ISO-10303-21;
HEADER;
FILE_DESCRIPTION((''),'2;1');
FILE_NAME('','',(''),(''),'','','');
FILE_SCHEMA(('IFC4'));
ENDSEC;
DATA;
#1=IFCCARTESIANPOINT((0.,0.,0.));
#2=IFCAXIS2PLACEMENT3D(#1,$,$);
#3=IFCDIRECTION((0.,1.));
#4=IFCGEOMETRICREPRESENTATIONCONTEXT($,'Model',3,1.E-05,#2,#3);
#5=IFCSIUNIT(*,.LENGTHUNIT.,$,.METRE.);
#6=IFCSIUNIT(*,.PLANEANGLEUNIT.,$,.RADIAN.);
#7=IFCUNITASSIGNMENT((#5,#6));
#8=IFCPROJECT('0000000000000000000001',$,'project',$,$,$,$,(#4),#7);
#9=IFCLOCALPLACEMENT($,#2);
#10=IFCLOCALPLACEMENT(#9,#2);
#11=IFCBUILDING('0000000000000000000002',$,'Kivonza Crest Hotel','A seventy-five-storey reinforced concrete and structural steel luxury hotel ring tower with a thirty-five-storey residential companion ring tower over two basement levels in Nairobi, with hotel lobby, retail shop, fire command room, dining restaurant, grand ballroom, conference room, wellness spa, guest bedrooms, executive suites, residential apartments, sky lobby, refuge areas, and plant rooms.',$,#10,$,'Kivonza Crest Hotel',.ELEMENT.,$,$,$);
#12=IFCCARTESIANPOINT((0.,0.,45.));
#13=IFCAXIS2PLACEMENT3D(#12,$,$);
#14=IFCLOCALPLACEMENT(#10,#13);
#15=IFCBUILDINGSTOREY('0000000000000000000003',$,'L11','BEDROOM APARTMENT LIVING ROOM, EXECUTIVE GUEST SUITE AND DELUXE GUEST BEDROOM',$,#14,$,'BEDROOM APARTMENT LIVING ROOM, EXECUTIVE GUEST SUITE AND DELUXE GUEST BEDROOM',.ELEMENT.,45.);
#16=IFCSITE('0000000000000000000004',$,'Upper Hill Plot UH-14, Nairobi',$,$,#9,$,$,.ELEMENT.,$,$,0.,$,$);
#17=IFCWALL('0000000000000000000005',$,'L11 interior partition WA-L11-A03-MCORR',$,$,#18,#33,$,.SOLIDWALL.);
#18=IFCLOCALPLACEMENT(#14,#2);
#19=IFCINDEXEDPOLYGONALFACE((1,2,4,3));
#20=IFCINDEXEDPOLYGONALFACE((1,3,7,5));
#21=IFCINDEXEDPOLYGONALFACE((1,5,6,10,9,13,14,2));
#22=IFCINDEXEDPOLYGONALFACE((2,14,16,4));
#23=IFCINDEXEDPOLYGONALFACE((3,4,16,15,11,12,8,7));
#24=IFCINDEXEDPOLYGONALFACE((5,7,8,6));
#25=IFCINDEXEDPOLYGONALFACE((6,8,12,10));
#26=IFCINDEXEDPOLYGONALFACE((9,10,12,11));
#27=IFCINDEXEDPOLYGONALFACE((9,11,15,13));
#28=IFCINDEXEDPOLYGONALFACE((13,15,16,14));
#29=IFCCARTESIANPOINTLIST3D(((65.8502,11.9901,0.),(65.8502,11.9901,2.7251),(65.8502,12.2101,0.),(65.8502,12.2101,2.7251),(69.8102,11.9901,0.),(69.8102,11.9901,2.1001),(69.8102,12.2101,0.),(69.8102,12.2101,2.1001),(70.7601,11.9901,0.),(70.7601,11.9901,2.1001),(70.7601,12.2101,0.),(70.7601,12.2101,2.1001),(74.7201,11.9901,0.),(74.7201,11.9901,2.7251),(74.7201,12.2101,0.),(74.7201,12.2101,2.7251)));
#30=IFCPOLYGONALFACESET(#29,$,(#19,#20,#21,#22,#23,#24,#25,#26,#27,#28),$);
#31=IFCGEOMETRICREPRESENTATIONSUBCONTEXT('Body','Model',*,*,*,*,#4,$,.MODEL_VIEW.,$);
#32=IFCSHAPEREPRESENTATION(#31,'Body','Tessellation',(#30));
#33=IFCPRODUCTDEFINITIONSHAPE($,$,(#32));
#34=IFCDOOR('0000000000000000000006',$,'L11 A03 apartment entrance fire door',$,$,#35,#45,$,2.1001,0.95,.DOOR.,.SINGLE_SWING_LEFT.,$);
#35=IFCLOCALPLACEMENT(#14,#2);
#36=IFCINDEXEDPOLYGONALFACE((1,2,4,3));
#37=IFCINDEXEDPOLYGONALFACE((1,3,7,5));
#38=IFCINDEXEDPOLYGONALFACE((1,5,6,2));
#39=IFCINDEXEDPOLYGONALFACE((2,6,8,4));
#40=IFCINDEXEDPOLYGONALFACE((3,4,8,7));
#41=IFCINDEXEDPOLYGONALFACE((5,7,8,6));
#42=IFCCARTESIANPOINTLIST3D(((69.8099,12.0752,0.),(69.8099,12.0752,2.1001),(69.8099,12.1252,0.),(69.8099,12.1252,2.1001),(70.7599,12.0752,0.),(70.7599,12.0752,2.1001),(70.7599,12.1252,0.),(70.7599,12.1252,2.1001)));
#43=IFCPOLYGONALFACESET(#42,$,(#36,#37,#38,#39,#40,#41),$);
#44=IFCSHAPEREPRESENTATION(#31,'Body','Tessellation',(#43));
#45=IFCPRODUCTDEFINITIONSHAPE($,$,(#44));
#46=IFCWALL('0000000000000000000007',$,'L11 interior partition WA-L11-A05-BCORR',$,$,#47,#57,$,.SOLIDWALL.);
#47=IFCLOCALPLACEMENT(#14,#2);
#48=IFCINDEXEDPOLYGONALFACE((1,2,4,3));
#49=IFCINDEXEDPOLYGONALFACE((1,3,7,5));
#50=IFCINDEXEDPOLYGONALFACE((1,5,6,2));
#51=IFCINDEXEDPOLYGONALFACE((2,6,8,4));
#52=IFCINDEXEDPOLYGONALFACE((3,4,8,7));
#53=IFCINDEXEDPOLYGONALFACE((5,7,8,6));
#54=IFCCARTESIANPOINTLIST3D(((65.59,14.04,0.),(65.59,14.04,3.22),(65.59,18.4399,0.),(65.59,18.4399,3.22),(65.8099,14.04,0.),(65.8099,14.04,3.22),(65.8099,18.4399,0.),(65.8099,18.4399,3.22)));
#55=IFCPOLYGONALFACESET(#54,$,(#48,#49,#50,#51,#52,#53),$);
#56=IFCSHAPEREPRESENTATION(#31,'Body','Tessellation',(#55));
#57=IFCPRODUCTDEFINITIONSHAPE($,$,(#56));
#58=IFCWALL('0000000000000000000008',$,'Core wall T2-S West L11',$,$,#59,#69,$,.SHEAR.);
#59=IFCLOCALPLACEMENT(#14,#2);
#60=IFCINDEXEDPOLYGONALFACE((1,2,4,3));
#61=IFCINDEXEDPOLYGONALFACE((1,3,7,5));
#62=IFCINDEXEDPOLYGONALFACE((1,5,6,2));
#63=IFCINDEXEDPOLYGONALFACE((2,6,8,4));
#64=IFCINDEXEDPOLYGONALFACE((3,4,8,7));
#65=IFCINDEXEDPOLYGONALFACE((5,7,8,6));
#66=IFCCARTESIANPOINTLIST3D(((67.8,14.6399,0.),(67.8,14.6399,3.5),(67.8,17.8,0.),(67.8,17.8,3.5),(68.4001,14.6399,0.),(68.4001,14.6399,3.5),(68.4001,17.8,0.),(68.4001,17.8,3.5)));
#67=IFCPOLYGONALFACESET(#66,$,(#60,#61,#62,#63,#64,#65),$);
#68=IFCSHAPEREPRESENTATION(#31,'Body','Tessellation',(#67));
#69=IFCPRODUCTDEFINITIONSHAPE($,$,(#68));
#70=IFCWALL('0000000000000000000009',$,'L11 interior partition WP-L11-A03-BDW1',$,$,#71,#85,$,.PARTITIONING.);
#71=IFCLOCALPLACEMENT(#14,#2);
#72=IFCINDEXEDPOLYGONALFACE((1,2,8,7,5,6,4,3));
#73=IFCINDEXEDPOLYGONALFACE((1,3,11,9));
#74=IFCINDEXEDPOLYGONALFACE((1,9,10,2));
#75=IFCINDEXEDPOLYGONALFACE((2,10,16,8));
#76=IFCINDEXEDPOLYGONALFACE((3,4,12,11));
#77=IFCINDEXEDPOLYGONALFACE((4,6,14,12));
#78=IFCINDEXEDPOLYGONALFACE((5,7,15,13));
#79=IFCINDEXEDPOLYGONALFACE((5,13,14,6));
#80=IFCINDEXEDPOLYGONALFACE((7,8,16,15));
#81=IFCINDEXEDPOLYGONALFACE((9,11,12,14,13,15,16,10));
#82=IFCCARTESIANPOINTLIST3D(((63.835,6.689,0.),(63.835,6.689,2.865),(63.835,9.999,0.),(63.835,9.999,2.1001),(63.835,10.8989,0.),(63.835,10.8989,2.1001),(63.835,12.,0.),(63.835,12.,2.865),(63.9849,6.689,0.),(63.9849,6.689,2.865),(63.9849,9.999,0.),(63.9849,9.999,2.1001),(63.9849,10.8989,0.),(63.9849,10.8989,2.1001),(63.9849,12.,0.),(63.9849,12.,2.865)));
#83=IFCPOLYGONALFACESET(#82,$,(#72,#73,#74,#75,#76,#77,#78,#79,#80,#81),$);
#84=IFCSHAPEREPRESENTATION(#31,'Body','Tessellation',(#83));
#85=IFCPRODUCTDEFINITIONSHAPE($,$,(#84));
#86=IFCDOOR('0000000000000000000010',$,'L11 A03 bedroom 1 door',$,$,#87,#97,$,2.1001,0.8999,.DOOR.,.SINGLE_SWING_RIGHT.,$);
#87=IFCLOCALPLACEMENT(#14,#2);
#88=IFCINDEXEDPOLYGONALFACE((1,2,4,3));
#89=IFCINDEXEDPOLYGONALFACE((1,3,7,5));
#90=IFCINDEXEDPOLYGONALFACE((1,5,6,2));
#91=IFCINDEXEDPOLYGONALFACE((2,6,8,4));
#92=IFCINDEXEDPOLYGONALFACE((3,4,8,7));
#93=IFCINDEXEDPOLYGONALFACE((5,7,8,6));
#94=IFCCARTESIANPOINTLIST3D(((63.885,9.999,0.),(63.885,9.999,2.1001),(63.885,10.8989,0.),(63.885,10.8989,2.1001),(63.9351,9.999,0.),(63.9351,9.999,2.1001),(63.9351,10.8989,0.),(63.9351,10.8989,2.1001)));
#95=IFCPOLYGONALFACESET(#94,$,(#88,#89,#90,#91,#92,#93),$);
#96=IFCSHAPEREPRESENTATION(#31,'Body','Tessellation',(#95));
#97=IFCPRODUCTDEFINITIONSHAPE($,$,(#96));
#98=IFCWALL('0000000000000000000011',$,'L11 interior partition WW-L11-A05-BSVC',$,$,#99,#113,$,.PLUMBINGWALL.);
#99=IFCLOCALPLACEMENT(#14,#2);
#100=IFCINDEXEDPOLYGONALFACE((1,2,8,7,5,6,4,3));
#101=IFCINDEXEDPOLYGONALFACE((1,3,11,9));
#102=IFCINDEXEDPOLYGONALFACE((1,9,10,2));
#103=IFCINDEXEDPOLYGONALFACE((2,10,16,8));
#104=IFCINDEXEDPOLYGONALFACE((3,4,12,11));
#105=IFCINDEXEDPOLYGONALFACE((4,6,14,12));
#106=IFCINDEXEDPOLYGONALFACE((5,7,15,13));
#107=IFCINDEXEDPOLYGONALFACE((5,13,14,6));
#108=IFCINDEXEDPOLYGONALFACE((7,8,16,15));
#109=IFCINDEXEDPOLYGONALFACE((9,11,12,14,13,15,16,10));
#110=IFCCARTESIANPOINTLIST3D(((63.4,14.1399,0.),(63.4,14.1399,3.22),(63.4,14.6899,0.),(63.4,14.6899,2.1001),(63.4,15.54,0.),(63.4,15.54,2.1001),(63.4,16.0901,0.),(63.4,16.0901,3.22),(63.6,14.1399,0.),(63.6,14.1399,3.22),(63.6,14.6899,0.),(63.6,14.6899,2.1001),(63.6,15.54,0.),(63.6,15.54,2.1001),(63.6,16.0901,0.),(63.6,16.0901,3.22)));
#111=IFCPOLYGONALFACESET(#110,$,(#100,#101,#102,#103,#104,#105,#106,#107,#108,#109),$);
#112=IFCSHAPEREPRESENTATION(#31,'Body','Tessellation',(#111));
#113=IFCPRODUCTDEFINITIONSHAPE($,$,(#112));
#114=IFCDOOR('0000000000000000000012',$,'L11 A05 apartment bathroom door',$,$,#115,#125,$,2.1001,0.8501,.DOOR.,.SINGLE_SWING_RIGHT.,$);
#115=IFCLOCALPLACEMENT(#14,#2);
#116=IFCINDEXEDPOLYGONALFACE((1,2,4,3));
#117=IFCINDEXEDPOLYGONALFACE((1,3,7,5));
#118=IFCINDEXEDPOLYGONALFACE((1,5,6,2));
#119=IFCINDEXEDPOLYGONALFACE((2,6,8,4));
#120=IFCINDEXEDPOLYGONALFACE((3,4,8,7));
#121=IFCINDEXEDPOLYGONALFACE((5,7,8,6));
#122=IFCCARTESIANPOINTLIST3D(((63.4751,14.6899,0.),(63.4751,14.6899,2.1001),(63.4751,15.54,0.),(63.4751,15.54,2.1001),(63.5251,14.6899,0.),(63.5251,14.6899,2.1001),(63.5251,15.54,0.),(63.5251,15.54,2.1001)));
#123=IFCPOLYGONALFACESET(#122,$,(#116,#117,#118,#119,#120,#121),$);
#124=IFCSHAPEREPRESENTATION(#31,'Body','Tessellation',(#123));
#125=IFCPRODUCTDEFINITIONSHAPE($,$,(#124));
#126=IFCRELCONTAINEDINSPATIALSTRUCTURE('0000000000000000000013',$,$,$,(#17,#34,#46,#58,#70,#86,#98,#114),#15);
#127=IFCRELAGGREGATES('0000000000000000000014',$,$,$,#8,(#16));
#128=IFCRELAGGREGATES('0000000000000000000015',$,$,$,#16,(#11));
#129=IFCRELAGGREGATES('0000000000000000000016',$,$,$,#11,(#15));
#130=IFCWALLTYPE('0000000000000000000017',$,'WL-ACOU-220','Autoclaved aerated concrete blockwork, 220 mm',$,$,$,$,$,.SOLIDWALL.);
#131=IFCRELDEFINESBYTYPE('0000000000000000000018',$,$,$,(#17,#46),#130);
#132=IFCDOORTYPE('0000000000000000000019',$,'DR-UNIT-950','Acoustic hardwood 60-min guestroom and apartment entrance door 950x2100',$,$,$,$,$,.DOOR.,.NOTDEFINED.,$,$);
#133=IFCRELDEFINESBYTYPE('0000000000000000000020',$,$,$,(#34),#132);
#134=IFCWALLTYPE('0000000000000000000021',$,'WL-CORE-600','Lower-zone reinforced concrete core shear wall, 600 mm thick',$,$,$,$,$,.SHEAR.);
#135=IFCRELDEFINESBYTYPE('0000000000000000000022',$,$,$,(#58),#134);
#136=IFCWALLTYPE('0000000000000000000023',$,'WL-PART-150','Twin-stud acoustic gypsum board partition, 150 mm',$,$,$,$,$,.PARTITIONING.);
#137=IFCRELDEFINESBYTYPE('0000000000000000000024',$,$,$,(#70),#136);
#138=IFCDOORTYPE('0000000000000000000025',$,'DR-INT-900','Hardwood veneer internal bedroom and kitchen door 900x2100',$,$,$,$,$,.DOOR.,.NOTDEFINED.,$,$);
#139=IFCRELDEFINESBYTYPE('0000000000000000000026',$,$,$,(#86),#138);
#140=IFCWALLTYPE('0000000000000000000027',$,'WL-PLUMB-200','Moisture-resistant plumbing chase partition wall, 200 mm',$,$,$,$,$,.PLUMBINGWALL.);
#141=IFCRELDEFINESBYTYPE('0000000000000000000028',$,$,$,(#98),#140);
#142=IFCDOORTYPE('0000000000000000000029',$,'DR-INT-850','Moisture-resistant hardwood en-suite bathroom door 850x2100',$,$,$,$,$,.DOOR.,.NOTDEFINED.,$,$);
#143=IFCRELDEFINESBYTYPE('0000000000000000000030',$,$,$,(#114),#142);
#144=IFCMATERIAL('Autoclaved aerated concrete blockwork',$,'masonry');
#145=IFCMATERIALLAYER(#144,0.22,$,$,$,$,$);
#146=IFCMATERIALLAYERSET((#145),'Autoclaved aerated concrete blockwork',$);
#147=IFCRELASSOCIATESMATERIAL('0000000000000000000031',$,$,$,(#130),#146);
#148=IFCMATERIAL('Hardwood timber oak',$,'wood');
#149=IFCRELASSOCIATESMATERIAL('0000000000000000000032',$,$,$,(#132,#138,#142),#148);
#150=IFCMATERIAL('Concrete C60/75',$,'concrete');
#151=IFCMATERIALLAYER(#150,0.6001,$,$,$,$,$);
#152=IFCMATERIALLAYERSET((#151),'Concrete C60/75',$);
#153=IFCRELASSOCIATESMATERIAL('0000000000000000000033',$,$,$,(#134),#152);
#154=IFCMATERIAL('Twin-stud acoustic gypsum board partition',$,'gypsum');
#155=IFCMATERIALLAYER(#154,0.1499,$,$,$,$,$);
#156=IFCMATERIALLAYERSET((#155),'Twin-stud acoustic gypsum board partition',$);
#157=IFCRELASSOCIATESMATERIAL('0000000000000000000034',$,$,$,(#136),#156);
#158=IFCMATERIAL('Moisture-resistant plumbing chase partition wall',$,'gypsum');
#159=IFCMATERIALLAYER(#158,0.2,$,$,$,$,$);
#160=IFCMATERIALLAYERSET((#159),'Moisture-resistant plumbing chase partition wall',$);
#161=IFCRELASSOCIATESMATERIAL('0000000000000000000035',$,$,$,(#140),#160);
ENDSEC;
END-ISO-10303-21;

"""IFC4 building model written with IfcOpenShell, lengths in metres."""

from ifc_helpers import new_model, si_unit, direction, frame, frame_2d, origin, place, context, subcontext, project, spatial, rectangle, extrude, material, layer, layer_set, type_object, element, fill, save


model = new_model("IFC4")

# Units and contexts
model_context = context("Model", 3, precision=1e-05, world=origin(), true_north=direction((0.0, 1.0)))
body_context = subcontext(model_context, "Body", "Model", "MODEL_VIEW")
ifc_project = project(units=[si_unit("LENGTHUNIT", "METRE"), si_unit("PLANEANGLEUNIT", "RADIAN")], contexts=[model_context])

# Site, building, storey
site_placement = place(None, origin())
site = spatial("IfcSite", under=ifc_project, at=site_placement, Name="Upper Hill Plot UH-14, Nairobi", CompositionType="ELEMENT", RefElevation=0.0)
building_placement = place(site_placement, origin())
building = spatial("IfcBuilding", under=site, at=building_placement, Name="Kivonza Crest Hotel", Description="A seventy-five-storey reinforced concrete and structural steel luxury hotel ring tower with a thirty-five-storey residential companion ring tower over two basement levels in Nairobi, with hotel lobby, retail shop, fire command room, dining restaurant, grand ballroom, conference room, wellness spa, guest bedrooms, executive suites, residential apartments, sky lobby, refuge areas, and plant rooms.", LongName="Kivonza Crest Hotel", CompositionType="ELEMENT")
storey_placement = place(building_placement, frame((0.0, 0.0, 45.0)))
storey = spatial("IfcBuildingStorey", under=building, at=storey_placement, Name="L11", Description="BEDROOM APARTMENT LIVING ROOM, EXECUTIVE GUEST SUITE AND DELUXE GUEST BEDROOM", LongName="BEDROOM APARTMENT LIVING ROOM, EXECUTIVE GUEST SUITE AND DELUXE GUEST BEDROOM", CompositionType="ELEMENT", Elevation=45.0)

# Wall, opening, door
ifc_material_1 = material(Name="Autoclaved aerated concrete blockwork", Category="masonry")
ifc_layer_1 = layer(ifc_material_1, 0.22)
ifc_layer_set_1 = layer_set([ifc_layer_1], Name="Autoclaved aerated concrete blockwork")
wall_type_1 = type_object("IfcWallType", Name="WL-ACOU-220", Description="Autoclaved aerated concrete blockwork, 220 mm", PredefinedType="SOLIDWALL", material=ifc_layer_set_1)
wall_1_placement = place(storey_placement, frame((65.8501, 12.1001, 0.0), z_axis=(0.0, 0.0, 1.0), x_axis=(1.0, 0.0, 0.0)))
wall_1 = element("IfcWall", 1, at=wall_1_placement, inside=storey, type_object=wall_type_1, Name="L11 interior partition WA-L11-A03-MCORR", PredefinedType="SOLIDWALL", context=body_context, shape_type="SweptSolid", body=[
    extrude(rectangle(XDim=8.8699, YDim=0.22, at=frame_2d((4.4351, 0.0))), origin(), (0.0, 0.0, 1.0), 2.7251),
])
opening_1_placement = place(wall_1_placement, frame((3.96, 0.0, 0.0)))
opening_1 = element("IfcOpeningElement", 2, at=opening_1_placement, cuts=wall_1, PredefinedType="OPENING", context=body_context, shape_type="SweptSolid", body=[
    extrude(rectangle(XDim=0.95, YDim=2.1001, at=frame_2d((0.4751, 1.05))), frame((0.0, 0.1201, 0.0), z_axis=(0.0, -1.0, 0.0), x_axis=(1.0, 0.0, 0.0)), (0.0, 0.0, 1.0), 0.24),
])
ifc_material_2 = material(Name="Hardwood timber oak", Category="wood")
door_type_1 = type_object("IfcDoorType", Name="DR-UNIT-950", Description="Acoustic hardwood 60-min guestroom and apartment entrance door 950x2100", OperationType="NOTDEFINED", PredefinedType="DOOR", material=ifc_material_2)
door_1_placement = place(opening_1_placement, frame((0.95, 0.0, 0.0), z_axis=(0.0, 0.0, 1.0), x_axis=(-1.0, 0.0, 0.0)))
door_1 = element("IfcDoor", 3, at=door_1_placement, inside=storey, type_object=door_type_1, Name="L11 A03 apartment entrance fire door", OperationType="SINGLE_SWING_LEFT", OverallHeight=2.1001, OverallWidth=0.95, PredefinedType="DOOR", context=body_context, shape_type="SweptSolid", body=[
    extrude(rectangle(XDim=0.95, YDim=2.1001, at=frame_2d((0.4751, 1.05))), frame((0.0, 0.0249, 0.0), z_axis=(0.0, -1.0, 0.0), x_axis=(1.0, 0.0, 0.0)), (0.0, 0.0, 1.0), 0.05),
])
fill(opening_1, door_1)

# Wall
wall_2_placement = place(storey_placement, frame((65.7, 14.04, 0.0), z_axis=(0.0, 0.0, 1.0), x_axis=(0.0, 1.0, 0.0)))
element("IfcWall", 4, at=wall_2_placement, inside=storey, type_object=wall_type_1, Name="L11 interior partition WA-L11-A05-BCORR", PredefinedType="SOLIDWALL", context=body_context, shape_type="SweptSolid", body=[
    extrude(rectangle(XDim=4.3999, YDim=0.22, at=frame_2d((2.2, 0.0))), origin(), (0.0, 0.0, 1.0), 3.22),
])

# Shared definitions
ifc_material_3 = material(Name="Concrete C60/75", Category="concrete")
ifc_layer_2 = layer(ifc_material_3, 0.6001)
ifc_layer_set_2 = layer_set([ifc_layer_2], Name="Concrete C60/75")
wall_type_2 = type_object("IfcWallType", Name="WL-CORE-600", Description="Lower-zone reinforced concrete core shear wall, 600 mm thick", PredefinedType="SHEAR", material=ifc_layer_set_2)

# Wall
wall_3_placement = place(storey_placement, frame((68.1001, 14.6399, 0.0), z_axis=(0.0, 0.0, 1.0), x_axis=(0.0, 1.0, 0.0)))
element("IfcWall", 5, at=wall_3_placement, inside=storey, type_object=wall_type_2, Name="Core wall T2-S West L11", PredefinedType="SHEAR", context=body_context, shape_type="SweptSolid", body=[
    extrude(rectangle(XDim=3.1602, YDim=0.6001, at=frame_2d((1.5801, 0.0))), origin(), (0.0, 0.0, 1.0), 3.5),
])

# Walls, openings, doors
ifc_material_4 = material(Name="Twin-stud acoustic gypsum board partition", Category="gypsum")
ifc_layer_3 = layer(ifc_material_4, 0.1499)
ifc_layer_set_3 = layer_set([ifc_layer_3], Name="Twin-stud acoustic gypsum board partition")
wall_type_3 = type_object("IfcWallType", Name="WL-PART-150", Description="Twin-stud acoustic gypsum board partition, 150 mm", PredefinedType="PARTITIONING", material=ifc_layer_set_3)
wall_4_placement = place(storey_placement, frame((63.9099, 6.689, 0.0), z_axis=(0.0, 0.0, 1.0), x_axis=(0.0, 1.0, 0.0)))
wall_4 = element("IfcWall", 6, at=wall_4_placement, inside=storey, type_object=wall_type_3, Name="L11 interior partition WP-L11-A03-BDW1", PredefinedType="PARTITIONING", context=body_context, shape_type="SweptSolid", body=[
    extrude(rectangle(XDim=5.311, YDim=0.1499, at=frame_2d((2.6555, 0.0))), origin(), (0.0, 0.0, 1.0), 2.865),
])
opening_2_placement = place(wall_4_placement, frame((3.3101, 0.0, 0.0)))
opening_2 = element("IfcOpeningElement", 7, at=opening_2_placement, cuts=wall_4, PredefinedType="OPENING", context=body_context, shape_type="SweptSolid", body=[
    extrude(rectangle(XDim=0.8999, YDim=2.1001, at=frame_2d((0.45, 1.05))), frame((0.0, 0.085, 0.0), z_axis=(0.0, -1.0, 0.0), x_axis=(1.0, 0.0, 0.0)), (0.0, 0.0, 1.0), 0.1699),
])
door_type_2 = type_object("IfcDoorType", Name="DR-INT-900", Description="Hardwood veneer internal bedroom and kitchen door 900x2100", OperationType="NOTDEFINED", PredefinedType="DOOR", material=ifc_material_2)
door_2_placement = place(opening_2_placement, origin())
door_2 = element("IfcDoor", 8, at=door_2_placement, inside=storey, type_object=door_type_2, Name="L11 A03 bedroom 1 door", OperationType="SINGLE_SWING_RIGHT", OverallHeight=2.1001, OverallWidth=0.8999, PredefinedType="DOOR", context=body_context, shape_type="SweptSolid", body=[
    extrude(rectangle(XDim=0.8999, YDim=2.1001, at=frame_2d((0.45, 1.05))), frame((0.0, 0.0249, 0.0), z_axis=(0.0, -1.0, 0.0), x_axis=(1.0, 0.0, 0.0)), (0.0, 0.0, 1.0), 0.05),
])
fill(opening_2, door_2)
ifc_material_5 = material(Name="Moisture-resistant plumbing chase partition wall", Category="gypsum")
ifc_layer_4 = layer(ifc_material_5, 0.2)
ifc_layer_set_4 = layer_set([ifc_layer_4], Name="Moisture-resistant plumbing chase partition wall")
wall_type_4 = type_object("IfcWallType", Name="WL-PLUMB-200", Description="Moisture-resistant plumbing chase partition wall, 200 mm", PredefinedType="PLUMBINGWALL", material=ifc_layer_set_4)
wall_5_placement = place(storey_placement, frame((63.5, 14.1399, 0.0), z_axis=(0.0, 0.0, 1.0), x_axis=(0.0, 1.0, 0.0)))
wall_5 = element("IfcWall", 9, at=wall_5_placement, inside=storey, type_object=wall_type_4, Name="L11 interior partition WW-L11-A05-BSVC", PredefinedType="PLUMBINGWALL", context=body_context, shape_type="SweptSolid", body=[
    extrude(rectangle(XDim=1.9502, YDim=0.2, at=frame_2d((0.9751, 0.0))), origin(), (0.0, 0.0, 1.0), 3.22),
])
opening_3_placement = place(wall_5_placement, frame((0.55, 0.0, 0.0)))
opening_3 = element("IfcOpeningElement", 10, at=opening_3_placement, cuts=wall_5, PredefinedType="OPENING", context=body_context, shape_type="SweptSolid", body=[
    extrude(rectangle(XDim=0.8501, YDim=2.1001, at=frame_2d((0.425, 1.05))), frame((0.0, 0.1099, 0.0), z_axis=(0.0, -1.0, 0.0), x_axis=(1.0, 0.0, 0.0)), (0.0, 0.0, 1.0), 0.22),
])
door_type_3 = type_object("IfcDoorType", Name="DR-INT-850", Description="Moisture-resistant hardwood en-suite bathroom door 850x2100", OperationType="NOTDEFINED", PredefinedType="DOOR", material=ifc_material_2)
door_3_placement = place(opening_3_placement, origin())
door_3 = element("IfcDoor", 11, at=door_3_placement, inside=storey, type_object=door_type_3, Name="L11 A05 apartment bathroom door", OperationType="SINGLE_SWING_RIGHT", OverallHeight=2.1001, OverallWidth=0.8501, PredefinedType="DOOR", context=body_context, shape_type="SweptSolid", body=[
    extrude(rectangle(XDim=0.8501, YDim=2.1001, at=frame_2d((0.425, 1.05))), frame((0.0, 0.0249, 0.0), z_axis=(0.0, -1.0, 0.0), x_axis=(1.0, 0.0, 0.0)), (0.0, 0.0, 1.0), 0.05),
])
fill(opening_3, door_3)

save(model, "model.ifc")
